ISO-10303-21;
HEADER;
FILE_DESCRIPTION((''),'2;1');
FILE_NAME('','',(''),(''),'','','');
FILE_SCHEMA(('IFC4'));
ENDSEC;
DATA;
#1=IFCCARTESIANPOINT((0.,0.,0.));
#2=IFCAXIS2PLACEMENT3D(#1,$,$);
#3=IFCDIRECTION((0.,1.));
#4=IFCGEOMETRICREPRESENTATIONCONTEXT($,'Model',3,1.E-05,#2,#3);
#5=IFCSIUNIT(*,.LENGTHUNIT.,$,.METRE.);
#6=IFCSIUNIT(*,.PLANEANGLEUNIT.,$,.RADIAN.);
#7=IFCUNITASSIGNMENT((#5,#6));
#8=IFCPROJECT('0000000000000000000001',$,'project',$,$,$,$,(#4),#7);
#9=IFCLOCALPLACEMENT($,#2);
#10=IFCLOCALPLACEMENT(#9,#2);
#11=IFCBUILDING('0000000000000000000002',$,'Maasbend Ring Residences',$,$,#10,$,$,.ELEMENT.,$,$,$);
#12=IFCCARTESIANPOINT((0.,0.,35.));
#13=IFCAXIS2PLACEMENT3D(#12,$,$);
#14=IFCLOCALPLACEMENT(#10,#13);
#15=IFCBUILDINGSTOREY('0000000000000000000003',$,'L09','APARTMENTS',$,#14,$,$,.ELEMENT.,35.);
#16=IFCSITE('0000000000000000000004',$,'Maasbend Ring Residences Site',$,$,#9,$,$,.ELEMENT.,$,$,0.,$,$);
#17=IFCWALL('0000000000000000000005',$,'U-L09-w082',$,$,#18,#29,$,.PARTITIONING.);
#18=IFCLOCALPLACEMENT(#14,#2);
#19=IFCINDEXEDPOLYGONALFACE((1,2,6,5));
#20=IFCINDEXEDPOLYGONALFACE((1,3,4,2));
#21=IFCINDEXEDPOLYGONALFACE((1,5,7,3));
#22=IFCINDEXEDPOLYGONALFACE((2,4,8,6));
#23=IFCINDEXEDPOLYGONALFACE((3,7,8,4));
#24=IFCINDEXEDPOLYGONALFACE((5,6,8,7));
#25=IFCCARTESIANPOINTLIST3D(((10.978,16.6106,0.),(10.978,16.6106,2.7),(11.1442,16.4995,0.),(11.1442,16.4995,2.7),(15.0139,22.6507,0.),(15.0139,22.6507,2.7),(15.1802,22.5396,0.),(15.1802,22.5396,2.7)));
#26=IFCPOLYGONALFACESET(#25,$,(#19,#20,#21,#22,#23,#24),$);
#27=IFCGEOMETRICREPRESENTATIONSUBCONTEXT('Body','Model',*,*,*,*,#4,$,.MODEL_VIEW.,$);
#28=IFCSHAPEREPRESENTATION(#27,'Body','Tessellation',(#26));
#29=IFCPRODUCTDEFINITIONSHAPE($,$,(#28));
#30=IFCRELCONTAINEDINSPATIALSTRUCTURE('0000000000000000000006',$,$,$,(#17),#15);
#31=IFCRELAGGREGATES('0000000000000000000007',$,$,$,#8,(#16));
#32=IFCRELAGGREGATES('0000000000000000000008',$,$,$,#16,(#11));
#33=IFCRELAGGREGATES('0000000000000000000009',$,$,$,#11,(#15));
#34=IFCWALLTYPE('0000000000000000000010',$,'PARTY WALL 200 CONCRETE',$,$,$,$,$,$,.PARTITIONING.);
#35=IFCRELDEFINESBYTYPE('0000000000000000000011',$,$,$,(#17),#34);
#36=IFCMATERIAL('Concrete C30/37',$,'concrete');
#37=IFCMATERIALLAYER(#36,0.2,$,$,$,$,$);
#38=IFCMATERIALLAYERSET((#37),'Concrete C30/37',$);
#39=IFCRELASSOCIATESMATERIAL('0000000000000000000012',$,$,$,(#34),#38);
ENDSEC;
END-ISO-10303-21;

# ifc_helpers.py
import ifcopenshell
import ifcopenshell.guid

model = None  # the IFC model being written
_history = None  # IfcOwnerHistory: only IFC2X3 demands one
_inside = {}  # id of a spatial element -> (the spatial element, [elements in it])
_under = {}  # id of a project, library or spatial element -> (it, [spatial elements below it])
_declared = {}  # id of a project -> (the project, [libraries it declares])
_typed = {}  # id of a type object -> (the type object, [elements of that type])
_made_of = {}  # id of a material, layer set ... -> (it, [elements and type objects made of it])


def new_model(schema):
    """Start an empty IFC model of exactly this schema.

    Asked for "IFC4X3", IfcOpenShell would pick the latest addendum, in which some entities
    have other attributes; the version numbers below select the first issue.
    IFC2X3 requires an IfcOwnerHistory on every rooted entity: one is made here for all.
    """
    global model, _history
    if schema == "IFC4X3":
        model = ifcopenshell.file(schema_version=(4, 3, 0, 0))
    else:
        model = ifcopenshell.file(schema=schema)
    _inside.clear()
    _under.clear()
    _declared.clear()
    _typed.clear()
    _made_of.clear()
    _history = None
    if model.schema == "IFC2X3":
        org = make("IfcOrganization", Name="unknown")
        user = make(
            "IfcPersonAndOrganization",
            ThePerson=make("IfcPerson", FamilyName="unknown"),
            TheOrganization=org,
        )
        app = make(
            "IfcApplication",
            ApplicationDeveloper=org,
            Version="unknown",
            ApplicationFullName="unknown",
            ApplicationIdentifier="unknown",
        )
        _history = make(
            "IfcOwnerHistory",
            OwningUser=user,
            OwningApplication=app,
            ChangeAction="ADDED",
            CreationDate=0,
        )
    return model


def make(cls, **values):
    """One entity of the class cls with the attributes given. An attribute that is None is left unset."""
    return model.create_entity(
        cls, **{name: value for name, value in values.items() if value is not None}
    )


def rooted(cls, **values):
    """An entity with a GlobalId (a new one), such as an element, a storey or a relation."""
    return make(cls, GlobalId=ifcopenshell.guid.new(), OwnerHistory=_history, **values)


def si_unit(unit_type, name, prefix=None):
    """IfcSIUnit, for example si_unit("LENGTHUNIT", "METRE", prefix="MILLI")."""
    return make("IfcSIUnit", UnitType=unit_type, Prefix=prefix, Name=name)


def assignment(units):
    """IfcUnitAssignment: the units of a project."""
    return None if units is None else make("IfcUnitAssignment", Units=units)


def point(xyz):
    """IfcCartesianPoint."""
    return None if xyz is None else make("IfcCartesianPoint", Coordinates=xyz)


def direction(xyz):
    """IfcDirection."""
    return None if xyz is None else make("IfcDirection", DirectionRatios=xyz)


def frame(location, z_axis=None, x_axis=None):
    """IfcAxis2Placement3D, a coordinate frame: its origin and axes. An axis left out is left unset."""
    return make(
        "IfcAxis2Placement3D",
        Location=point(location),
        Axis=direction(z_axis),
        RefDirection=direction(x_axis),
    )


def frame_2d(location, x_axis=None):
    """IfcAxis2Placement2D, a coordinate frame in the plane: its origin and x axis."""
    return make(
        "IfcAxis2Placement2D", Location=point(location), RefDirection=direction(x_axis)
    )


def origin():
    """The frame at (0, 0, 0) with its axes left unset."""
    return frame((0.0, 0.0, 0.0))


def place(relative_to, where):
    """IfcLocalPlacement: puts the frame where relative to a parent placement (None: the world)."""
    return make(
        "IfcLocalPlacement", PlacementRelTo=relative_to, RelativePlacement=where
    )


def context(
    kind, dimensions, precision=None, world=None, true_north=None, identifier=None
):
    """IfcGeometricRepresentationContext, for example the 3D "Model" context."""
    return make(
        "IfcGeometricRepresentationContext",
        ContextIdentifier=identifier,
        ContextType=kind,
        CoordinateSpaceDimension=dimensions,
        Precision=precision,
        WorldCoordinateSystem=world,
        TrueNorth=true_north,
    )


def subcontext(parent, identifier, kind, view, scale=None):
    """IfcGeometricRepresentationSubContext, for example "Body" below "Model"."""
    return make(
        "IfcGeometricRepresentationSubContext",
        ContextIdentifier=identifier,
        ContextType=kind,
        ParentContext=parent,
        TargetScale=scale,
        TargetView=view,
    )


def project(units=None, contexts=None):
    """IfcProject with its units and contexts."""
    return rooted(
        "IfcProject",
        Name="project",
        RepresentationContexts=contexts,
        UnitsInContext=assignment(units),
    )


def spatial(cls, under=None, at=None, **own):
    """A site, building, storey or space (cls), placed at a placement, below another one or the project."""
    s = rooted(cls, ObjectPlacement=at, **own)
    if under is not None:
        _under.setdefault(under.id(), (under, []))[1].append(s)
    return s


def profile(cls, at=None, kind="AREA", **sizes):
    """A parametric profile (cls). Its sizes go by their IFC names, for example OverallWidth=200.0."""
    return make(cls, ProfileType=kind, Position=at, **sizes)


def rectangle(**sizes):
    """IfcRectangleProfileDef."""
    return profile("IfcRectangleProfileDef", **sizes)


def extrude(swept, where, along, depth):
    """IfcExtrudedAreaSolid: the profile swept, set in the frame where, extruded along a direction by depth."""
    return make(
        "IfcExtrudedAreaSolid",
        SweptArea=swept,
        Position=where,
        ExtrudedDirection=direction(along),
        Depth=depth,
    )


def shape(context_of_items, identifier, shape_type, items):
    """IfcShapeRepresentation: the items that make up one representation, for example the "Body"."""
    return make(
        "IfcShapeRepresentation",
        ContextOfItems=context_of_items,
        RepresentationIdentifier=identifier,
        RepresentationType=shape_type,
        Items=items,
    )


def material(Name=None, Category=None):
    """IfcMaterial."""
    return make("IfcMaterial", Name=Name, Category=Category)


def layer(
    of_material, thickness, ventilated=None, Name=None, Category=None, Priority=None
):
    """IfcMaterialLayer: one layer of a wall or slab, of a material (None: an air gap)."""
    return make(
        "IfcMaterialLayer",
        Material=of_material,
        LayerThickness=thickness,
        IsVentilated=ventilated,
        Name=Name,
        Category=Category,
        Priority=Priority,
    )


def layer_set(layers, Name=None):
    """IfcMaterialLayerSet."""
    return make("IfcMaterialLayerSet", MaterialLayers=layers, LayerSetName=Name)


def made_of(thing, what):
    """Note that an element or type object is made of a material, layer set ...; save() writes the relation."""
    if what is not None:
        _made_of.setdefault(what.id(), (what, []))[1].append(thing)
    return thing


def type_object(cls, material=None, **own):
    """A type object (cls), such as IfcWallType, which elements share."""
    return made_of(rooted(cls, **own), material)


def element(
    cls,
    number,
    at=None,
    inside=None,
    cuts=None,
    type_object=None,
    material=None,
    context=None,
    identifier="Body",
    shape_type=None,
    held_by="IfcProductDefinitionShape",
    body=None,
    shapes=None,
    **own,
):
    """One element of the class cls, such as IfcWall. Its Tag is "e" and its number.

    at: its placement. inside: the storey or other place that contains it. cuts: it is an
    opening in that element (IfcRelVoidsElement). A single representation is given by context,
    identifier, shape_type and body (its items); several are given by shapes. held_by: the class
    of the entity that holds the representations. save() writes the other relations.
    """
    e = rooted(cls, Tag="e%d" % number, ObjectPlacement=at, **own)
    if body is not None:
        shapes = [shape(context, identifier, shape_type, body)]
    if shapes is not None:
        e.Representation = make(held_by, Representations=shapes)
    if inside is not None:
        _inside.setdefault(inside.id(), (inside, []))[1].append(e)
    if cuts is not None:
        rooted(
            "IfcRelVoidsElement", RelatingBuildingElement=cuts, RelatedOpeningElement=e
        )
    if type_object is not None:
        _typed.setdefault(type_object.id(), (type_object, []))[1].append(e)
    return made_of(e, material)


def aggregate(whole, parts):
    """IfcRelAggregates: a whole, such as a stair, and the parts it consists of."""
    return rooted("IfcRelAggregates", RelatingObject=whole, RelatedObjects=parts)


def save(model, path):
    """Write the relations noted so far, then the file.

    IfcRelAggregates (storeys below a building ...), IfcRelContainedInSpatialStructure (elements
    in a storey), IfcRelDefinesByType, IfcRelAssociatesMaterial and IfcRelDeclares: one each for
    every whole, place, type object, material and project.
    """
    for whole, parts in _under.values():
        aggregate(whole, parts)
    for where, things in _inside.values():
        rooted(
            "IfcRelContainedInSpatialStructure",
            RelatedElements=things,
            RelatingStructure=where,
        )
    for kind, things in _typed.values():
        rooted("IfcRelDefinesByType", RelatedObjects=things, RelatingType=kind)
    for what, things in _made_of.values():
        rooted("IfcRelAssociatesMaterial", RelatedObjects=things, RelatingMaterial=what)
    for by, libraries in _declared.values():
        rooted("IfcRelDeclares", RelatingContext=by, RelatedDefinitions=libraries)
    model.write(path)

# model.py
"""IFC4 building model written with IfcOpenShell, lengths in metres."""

from ifc_helpers import new_model, si_unit, direction, frame, frame_2d, origin, place, context, subcontext, project, spatial, rectangle, extrude, material, layer, layer_set, type_object, element, save


model = new_model("IFC4")

# Units and contexts
model_context = context("Model", 3, precision=1e-05, world=origin(), true_north=direction((0.0, 1.0)))
body_context = subcontext(model_context, "Body", "Model", "MODEL_VIEW")
ifc_project = project(units=[si_unit("LENGTHUNIT", "METRE"), si_unit("PLANEANGLEUNIT", "RADIAN")], contexts=[model_context])

# Site, building, storey
site_placement = place(None, origin())
site = spatial("IfcSite", under=ifc_project, at=site_placement, Name="Maasbend Ring Residences Site", CompositionType="ELEMENT", RefElevation=0.0)
building_placement = place(site_placement, origin())
building = spatial("IfcBuilding", under=site, at=building_placement, Name="Maasbend Ring Residences", CompositionType="ELEMENT")
storey_placement = place(building_placement, frame((0.0, 0.0, 35.0)))
storey = spatial("IfcBuildingStorey", under=building, at=storey_placement, Name="L09", Description="APARTMENTS", CompositionType="ELEMENT", Elevation=35.0)

# Wall
ifc_material_1 = material(Name="Concrete C30/37", Category="concrete")
ifc_layer_1 = layer(ifc_material_1, 0.2)
ifc_layer_set_1 = layer_set([ifc_layer_1], Name="Concrete C30/37")
wall_type_1 = type_object("IfcWallType", Name="PARTY WALL 200 CONCRETE", PredefinedType="PARTITIONING", material=ifc_layer_set_1)
wall_1_placement = place(storey_placement, frame((11.061, 16.5549, 0.0), z_axis=(0.0, 0.0, 1.0), x_axis=(0.555576, 0.831466, 0.0)))
element("IfcWall", 1, at=wall_1_placement, inside=storey, type_object=wall_type_1, Name="U-L09-w082", PredefinedType="PARTITIONING", context=body_context, shape_type="SweptSolid", body=[
    extrude(rectangle(XDim=7.2644, YDim=0.2, at=frame_2d((3.6323, 0.0))), origin(), (0.0, 0.0, 1.0), 2.7),
])

save(model, "model.ifc")
